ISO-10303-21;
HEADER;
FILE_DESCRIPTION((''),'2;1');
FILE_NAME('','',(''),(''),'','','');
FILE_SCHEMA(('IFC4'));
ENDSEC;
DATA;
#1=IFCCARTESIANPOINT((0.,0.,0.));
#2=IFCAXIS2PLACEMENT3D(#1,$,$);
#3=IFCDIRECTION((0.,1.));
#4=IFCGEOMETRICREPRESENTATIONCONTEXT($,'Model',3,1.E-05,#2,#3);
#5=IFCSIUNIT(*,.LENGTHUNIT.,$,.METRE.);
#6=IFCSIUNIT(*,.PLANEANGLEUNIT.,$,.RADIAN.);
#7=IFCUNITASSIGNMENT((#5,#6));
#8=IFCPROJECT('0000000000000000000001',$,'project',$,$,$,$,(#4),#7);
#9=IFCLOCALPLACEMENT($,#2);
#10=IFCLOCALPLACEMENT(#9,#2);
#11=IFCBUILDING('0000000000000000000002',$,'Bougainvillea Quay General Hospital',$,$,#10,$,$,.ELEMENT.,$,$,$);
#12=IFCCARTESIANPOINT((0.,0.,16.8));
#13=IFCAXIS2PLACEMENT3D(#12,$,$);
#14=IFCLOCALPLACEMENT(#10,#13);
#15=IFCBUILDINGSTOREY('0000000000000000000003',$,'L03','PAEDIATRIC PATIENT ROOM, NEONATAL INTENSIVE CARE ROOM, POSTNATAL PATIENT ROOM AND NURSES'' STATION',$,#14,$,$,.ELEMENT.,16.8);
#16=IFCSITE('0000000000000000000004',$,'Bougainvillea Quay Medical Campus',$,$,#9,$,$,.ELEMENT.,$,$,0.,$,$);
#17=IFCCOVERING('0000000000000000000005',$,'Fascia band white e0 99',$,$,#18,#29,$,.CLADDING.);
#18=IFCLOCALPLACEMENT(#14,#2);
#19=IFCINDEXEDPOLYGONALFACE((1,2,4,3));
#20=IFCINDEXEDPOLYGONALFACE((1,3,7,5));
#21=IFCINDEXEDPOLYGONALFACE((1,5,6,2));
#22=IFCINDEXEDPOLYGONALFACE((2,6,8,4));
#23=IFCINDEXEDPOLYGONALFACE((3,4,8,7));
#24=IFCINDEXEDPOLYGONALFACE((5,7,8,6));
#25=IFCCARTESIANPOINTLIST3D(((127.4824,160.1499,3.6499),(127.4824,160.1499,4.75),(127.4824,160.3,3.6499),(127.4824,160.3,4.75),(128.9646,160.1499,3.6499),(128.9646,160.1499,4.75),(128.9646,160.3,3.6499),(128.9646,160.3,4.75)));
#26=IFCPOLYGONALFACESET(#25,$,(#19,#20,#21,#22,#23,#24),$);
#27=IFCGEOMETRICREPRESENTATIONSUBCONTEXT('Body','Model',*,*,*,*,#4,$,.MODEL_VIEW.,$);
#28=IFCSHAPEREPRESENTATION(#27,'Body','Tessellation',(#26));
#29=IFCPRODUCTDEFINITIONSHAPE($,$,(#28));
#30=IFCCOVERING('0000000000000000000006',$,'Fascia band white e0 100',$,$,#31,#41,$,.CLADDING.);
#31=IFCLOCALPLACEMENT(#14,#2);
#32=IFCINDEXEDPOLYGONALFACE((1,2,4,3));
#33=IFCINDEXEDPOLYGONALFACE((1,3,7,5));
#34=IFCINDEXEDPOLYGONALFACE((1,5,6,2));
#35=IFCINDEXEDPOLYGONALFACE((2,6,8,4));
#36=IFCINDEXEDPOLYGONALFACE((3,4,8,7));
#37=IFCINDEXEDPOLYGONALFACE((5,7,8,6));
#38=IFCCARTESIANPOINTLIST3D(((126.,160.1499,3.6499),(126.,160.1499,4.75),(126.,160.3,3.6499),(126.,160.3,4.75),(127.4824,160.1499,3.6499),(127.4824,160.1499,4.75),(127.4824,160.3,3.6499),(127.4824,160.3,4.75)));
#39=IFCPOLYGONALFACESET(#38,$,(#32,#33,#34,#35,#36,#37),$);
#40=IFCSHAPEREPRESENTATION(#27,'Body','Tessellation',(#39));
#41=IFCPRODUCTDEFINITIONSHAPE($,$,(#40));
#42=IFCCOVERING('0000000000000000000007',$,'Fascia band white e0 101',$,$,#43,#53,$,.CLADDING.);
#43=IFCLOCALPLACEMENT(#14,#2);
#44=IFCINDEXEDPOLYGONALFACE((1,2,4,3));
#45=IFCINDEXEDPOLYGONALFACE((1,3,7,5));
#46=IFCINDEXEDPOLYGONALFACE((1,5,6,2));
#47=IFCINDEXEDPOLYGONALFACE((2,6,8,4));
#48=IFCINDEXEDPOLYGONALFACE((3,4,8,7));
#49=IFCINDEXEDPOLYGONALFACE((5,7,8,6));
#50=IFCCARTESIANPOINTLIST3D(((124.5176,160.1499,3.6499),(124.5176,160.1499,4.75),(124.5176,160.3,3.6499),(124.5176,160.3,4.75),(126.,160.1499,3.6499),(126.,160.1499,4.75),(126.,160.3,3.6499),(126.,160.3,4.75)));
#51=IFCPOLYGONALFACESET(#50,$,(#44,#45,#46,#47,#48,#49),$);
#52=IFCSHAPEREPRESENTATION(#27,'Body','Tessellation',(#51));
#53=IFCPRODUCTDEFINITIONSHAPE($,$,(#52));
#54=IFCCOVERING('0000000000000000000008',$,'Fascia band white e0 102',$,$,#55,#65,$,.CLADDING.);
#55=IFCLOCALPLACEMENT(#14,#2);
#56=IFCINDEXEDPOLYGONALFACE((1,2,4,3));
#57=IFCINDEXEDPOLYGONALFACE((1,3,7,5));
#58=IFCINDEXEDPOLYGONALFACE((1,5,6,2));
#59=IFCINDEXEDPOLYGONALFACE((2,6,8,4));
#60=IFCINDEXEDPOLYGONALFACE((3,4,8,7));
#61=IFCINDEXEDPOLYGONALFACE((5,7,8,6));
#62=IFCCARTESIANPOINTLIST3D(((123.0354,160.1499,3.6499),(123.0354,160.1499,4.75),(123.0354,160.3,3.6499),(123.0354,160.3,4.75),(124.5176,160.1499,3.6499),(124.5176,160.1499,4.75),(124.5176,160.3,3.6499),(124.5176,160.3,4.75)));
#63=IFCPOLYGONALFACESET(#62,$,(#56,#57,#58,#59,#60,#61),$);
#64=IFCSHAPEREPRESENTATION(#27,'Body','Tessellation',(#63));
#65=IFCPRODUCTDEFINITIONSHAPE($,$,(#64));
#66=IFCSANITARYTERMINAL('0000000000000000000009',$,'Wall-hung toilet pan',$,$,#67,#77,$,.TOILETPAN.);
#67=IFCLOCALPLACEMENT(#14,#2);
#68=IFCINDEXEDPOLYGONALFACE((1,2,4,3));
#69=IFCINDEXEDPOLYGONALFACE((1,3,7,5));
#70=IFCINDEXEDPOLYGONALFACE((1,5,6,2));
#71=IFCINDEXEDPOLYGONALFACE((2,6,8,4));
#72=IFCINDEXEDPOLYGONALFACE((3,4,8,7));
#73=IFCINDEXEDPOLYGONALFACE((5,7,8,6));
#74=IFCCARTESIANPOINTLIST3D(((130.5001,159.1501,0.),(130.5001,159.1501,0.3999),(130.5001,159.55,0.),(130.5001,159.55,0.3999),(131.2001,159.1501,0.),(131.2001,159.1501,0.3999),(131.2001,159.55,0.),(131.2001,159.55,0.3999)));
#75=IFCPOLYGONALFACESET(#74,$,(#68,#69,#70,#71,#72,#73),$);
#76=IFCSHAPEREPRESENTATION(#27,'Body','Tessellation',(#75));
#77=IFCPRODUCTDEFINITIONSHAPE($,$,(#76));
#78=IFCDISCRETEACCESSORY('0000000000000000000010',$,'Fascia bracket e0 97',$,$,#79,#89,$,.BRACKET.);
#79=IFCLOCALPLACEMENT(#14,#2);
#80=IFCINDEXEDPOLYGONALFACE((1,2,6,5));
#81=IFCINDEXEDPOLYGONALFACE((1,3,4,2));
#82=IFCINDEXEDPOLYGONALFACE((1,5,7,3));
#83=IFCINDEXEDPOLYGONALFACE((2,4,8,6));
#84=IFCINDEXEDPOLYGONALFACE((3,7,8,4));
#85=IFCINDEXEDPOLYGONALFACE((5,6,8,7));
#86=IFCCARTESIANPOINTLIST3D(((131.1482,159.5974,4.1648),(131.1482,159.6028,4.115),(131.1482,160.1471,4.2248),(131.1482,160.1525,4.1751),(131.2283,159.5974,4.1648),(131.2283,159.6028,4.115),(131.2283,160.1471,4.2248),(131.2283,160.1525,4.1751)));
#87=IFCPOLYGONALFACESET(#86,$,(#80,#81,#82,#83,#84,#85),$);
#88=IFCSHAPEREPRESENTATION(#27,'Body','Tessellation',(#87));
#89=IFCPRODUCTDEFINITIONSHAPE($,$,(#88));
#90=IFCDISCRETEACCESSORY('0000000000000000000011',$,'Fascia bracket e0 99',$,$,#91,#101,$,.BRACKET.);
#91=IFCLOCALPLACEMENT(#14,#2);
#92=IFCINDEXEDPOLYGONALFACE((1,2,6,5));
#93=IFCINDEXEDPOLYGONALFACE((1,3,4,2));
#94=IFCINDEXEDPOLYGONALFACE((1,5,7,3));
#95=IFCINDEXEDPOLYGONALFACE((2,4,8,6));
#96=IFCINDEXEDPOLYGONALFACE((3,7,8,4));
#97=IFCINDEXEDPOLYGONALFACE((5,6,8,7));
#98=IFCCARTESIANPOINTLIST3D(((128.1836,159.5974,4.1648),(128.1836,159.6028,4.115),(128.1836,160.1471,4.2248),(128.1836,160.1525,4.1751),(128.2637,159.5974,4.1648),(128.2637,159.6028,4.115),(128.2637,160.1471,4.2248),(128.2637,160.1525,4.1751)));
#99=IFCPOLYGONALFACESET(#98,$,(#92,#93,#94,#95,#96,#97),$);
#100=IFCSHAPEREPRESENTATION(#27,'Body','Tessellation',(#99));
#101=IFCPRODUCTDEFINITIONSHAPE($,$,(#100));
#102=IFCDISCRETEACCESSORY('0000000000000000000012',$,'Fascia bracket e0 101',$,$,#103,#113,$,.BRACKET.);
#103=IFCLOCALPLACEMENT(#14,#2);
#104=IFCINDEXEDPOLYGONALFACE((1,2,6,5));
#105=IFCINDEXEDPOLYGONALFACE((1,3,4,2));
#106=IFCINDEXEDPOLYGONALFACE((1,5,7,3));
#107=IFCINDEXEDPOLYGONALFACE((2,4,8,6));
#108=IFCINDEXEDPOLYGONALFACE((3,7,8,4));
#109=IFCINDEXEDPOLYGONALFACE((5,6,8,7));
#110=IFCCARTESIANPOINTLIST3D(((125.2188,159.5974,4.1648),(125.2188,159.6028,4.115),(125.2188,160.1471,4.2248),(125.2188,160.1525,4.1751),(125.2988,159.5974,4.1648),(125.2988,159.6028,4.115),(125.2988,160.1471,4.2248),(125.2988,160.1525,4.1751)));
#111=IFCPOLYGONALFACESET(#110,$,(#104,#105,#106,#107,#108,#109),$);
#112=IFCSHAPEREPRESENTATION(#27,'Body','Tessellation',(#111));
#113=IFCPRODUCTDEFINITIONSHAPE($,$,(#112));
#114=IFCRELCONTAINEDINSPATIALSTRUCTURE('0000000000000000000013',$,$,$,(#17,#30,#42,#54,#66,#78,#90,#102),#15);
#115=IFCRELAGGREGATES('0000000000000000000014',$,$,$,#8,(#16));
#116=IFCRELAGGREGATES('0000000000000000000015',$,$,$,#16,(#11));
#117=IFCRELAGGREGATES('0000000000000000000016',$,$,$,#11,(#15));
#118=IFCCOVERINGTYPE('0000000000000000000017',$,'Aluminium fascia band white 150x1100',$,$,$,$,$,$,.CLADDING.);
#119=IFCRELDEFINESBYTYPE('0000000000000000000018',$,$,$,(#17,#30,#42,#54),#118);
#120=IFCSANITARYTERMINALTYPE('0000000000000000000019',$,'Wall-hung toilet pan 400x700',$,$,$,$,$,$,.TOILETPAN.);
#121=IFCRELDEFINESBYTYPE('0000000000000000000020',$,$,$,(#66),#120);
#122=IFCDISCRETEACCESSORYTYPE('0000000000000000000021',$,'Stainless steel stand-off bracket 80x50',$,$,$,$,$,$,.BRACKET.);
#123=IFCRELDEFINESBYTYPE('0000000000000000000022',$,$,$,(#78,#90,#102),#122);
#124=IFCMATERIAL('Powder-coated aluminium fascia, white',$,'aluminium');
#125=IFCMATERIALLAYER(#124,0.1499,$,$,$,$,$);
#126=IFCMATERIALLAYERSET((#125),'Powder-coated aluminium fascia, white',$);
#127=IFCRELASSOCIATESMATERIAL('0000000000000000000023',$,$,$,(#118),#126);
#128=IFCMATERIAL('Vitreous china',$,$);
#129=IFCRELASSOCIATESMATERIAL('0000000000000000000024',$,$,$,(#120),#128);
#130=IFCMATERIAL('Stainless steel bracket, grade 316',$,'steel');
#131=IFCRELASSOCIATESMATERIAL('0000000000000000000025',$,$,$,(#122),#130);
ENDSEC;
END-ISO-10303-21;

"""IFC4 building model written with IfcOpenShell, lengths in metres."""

from ifc_helpers import new_model, si_unit, direction, frame, origin, origin_2d, place, context, subcontext, project, spatial, polyline, rectangle, outline, extrude, material, layer, layer_set, material_profile, profile_set, type_object, element, save


model = new_model("IFC4")

# Units and contexts
model_context = context("Model", 3, precision=1e-05, world=origin(), true_north=direction((0.0, 1.0)))
body_context = subcontext(model_context, "Body", "Model", "MODEL_VIEW")
ifc_project = project(units=[si_unit("LENGTHUNIT", "METRE"), si_unit("PLANEANGLEUNIT", "RADIAN")], contexts=[model_context])

# Site, building, storey
site_placement = place(None, origin())
site = spatial("IfcSite", under=ifc_project, at=site_placement, Name="Bougainvillea Quay Medical Campus", CompositionType="ELEMENT", RefElevation=0.0)
building_placement = place(site_placement, origin())
building = spatial("IfcBuilding", under=site, at=building_placement, Name="Bougainvillea Quay General Hospital", CompositionType="ELEMENT")
storey_placement = place(building_placement, frame((0.0, 0.0, 16.8)))
storey = spatial("IfcBuildingStorey", under=building, at=storey_placement, Name="L03", Description="PAEDIATRIC PATIENT ROOM, NEONATAL INTENSIVE CARE ROOM, POSTNATAL PATIENT ROOM AND NURSES' STATION", CompositionType="ELEMENT", Elevation=16.8)

# Coverings
ifc_material_1 = material(Name="Powder-coated aluminium fascia, white", Category="aluminium")
ifc_layer_1 = layer(ifc_material_1, 0.1499)
ifc_layer_set_1 = layer_set([ifc_layer_1], Name="Powder-coated aluminium fascia, white")
covering_type = type_object("IfcCoveringType", Name="Aluminium fascia band white 150x1100", PredefinedType="CLADDING", material=ifc_layer_set_1)
covering_1_placement = place(storey_placement, frame((128.9646, 160.1499, 3.6499), z_axis=(0.0, 0.0, 1.0), x_axis=(-1.0, 0.0, 0.0)))
element("IfcCovering", 1, at=covering_1_placement, inside=storey, type_object=covering_type, Name="Fascia band white e0 99", PredefinedType="CLADDING", context=body_context, shape_type="SweptSolid", body=[
    extrude(outline(polyline([(0.0, 0.0), (1.4822, 0.0), (1.4822, -0.1501), (0.0, -0.1501), (0.0, 0.0)])), origin(), (0.0, 0.0, 1.0), 1.1001),
])
for number, where, z_axis, x_axis, name in (
    (2, (127.4824, 160.1499, 3.6499), (0.0, 0.0, 1.0), (-1.0, 0.0, 0.0), "Fascia band white e0 100"),
    (3, (126.0, 160.1499, 3.6499), (0.0, 0.0, 1.0), (-1.0, 0.0, 0.0), "Fascia band white e0 101"),
):
    element("IfcCovering", number, at=place(storey_placement, frame(where, z_axis=z_axis, x_axis=x_axis)), inside=storey, type_object=covering_type, Name=name, PredefinedType="CLADDING", context=body_context, shape_type="SweptSolid", body=[
        extrude(outline(polyline([(0.0, 0.0), (1.4824, 0.0), (1.4824, -0.1501), (0.0, -0.1501), (0.0, 0.0)])), origin(), (0.0, 0.0, 1.0), 1.1001),
    ])
covering_2_placement = place(storey_placement, frame((124.5176, 160.1499, 3.6499), z_axis=(0.0, 0.0, 1.0), x_axis=(-1.0, 0.0, 0.0)))
element("IfcCovering", 4, at=covering_2_placement, inside=storey, type_object=covering_type, Name="Fascia band white e0 102", PredefinedType="CLADDING", context=body_context, shape_type="SweptSolid", body=[
    extrude(outline(polyline([(0.0, 0.0), (1.4822, 0.0), (1.4822, -0.1501), (0.0, -0.1501), (0.0, 0.0)])), origin(), (0.0, 0.0, 1.0), 1.1001),
])

# Sanitary terminal
ifc_material_2 = material(Name="Vitreous china")
sanitary_terminal_type = type_object("IfcSanitaryTerminalType", Name="Wall-hung toilet pan 400x700", PredefinedType="TOILETPAN", material=ifc_material_2)
sanitary_terminal_placement = place(storey_placement, frame((130.8501, 159.3501, 0.0), z_axis=(0.0, 0.0, 1.0), x_axis=(0.0, -1.0, 0.0)))
element("IfcSanitaryTerminal", 5, at=sanitary_terminal_placement, inside=storey, type_object=sanitary_terminal_type, Name="Wall-hung toilet pan", PredefinedType="TOILETPAN", context=body_context, shape_type="SweptSolid", body=[
    extrude(rectangle(XDim=0.3999, YDim=0.7, at=origin_2d()), origin(), (0.0, 0.0, 1.0), 0.3999),
])

# Discrete accessories
ifc_material_3 = material(Name="Stainless steel bracket, grade 316", Category="steel")
ifc_material_profile_1 = material_profile(ifc_material_3, rectangle(XDim=0.0801, YDim=0.05, at=origin_2d()))
ifc_profile_set_1 = profile_set([ifc_material_profile_1], Name="Stainless steel bracket, grade 316")
discrete_accessory_type = type_object("IfcDiscreteAccessoryType", Name="Stainless steel stand-off bracket 80x50", PredefinedType="BRACKET", material=ifc_profile_set_1)
for number, where, z_axis, x_axis, name in (
    (6, (131.1882, 159.6001, 4.1399), (0.0, 0.994087, 0.10859), (-1.0, 0.0, 0.0), "Fascia bracket e0 97"),
    (7, (128.2236, 159.6001, 4.1399), (0.0, 0.994087, 0.10859), (-1.0, 0.0, 0.0), "Fascia bracket e0 99"),
    (8, (125.2588, 159.6001, 4.1399), (0.0, 0.994087, 0.10859), (-1.0, 0.0, 0.0), "Fascia bracket e0 101"),
):
    element("IfcDiscreteAccessory", number, at=place(storey_placement, frame(where, z_axis=z_axis, x_axis=x_axis)), inside=storey, type_object=discrete_accessory_type, Name=name, PredefinedType="BRACKET", context=body_context, shape_type="SweptSolid", body=[
        extrude(rectangle(XDim=0.0801, YDim=0.05, at=origin_2d()), origin(), (0.0, 0.0, 1.0), 0.553),
    ])

save(model, "model.ifc")
